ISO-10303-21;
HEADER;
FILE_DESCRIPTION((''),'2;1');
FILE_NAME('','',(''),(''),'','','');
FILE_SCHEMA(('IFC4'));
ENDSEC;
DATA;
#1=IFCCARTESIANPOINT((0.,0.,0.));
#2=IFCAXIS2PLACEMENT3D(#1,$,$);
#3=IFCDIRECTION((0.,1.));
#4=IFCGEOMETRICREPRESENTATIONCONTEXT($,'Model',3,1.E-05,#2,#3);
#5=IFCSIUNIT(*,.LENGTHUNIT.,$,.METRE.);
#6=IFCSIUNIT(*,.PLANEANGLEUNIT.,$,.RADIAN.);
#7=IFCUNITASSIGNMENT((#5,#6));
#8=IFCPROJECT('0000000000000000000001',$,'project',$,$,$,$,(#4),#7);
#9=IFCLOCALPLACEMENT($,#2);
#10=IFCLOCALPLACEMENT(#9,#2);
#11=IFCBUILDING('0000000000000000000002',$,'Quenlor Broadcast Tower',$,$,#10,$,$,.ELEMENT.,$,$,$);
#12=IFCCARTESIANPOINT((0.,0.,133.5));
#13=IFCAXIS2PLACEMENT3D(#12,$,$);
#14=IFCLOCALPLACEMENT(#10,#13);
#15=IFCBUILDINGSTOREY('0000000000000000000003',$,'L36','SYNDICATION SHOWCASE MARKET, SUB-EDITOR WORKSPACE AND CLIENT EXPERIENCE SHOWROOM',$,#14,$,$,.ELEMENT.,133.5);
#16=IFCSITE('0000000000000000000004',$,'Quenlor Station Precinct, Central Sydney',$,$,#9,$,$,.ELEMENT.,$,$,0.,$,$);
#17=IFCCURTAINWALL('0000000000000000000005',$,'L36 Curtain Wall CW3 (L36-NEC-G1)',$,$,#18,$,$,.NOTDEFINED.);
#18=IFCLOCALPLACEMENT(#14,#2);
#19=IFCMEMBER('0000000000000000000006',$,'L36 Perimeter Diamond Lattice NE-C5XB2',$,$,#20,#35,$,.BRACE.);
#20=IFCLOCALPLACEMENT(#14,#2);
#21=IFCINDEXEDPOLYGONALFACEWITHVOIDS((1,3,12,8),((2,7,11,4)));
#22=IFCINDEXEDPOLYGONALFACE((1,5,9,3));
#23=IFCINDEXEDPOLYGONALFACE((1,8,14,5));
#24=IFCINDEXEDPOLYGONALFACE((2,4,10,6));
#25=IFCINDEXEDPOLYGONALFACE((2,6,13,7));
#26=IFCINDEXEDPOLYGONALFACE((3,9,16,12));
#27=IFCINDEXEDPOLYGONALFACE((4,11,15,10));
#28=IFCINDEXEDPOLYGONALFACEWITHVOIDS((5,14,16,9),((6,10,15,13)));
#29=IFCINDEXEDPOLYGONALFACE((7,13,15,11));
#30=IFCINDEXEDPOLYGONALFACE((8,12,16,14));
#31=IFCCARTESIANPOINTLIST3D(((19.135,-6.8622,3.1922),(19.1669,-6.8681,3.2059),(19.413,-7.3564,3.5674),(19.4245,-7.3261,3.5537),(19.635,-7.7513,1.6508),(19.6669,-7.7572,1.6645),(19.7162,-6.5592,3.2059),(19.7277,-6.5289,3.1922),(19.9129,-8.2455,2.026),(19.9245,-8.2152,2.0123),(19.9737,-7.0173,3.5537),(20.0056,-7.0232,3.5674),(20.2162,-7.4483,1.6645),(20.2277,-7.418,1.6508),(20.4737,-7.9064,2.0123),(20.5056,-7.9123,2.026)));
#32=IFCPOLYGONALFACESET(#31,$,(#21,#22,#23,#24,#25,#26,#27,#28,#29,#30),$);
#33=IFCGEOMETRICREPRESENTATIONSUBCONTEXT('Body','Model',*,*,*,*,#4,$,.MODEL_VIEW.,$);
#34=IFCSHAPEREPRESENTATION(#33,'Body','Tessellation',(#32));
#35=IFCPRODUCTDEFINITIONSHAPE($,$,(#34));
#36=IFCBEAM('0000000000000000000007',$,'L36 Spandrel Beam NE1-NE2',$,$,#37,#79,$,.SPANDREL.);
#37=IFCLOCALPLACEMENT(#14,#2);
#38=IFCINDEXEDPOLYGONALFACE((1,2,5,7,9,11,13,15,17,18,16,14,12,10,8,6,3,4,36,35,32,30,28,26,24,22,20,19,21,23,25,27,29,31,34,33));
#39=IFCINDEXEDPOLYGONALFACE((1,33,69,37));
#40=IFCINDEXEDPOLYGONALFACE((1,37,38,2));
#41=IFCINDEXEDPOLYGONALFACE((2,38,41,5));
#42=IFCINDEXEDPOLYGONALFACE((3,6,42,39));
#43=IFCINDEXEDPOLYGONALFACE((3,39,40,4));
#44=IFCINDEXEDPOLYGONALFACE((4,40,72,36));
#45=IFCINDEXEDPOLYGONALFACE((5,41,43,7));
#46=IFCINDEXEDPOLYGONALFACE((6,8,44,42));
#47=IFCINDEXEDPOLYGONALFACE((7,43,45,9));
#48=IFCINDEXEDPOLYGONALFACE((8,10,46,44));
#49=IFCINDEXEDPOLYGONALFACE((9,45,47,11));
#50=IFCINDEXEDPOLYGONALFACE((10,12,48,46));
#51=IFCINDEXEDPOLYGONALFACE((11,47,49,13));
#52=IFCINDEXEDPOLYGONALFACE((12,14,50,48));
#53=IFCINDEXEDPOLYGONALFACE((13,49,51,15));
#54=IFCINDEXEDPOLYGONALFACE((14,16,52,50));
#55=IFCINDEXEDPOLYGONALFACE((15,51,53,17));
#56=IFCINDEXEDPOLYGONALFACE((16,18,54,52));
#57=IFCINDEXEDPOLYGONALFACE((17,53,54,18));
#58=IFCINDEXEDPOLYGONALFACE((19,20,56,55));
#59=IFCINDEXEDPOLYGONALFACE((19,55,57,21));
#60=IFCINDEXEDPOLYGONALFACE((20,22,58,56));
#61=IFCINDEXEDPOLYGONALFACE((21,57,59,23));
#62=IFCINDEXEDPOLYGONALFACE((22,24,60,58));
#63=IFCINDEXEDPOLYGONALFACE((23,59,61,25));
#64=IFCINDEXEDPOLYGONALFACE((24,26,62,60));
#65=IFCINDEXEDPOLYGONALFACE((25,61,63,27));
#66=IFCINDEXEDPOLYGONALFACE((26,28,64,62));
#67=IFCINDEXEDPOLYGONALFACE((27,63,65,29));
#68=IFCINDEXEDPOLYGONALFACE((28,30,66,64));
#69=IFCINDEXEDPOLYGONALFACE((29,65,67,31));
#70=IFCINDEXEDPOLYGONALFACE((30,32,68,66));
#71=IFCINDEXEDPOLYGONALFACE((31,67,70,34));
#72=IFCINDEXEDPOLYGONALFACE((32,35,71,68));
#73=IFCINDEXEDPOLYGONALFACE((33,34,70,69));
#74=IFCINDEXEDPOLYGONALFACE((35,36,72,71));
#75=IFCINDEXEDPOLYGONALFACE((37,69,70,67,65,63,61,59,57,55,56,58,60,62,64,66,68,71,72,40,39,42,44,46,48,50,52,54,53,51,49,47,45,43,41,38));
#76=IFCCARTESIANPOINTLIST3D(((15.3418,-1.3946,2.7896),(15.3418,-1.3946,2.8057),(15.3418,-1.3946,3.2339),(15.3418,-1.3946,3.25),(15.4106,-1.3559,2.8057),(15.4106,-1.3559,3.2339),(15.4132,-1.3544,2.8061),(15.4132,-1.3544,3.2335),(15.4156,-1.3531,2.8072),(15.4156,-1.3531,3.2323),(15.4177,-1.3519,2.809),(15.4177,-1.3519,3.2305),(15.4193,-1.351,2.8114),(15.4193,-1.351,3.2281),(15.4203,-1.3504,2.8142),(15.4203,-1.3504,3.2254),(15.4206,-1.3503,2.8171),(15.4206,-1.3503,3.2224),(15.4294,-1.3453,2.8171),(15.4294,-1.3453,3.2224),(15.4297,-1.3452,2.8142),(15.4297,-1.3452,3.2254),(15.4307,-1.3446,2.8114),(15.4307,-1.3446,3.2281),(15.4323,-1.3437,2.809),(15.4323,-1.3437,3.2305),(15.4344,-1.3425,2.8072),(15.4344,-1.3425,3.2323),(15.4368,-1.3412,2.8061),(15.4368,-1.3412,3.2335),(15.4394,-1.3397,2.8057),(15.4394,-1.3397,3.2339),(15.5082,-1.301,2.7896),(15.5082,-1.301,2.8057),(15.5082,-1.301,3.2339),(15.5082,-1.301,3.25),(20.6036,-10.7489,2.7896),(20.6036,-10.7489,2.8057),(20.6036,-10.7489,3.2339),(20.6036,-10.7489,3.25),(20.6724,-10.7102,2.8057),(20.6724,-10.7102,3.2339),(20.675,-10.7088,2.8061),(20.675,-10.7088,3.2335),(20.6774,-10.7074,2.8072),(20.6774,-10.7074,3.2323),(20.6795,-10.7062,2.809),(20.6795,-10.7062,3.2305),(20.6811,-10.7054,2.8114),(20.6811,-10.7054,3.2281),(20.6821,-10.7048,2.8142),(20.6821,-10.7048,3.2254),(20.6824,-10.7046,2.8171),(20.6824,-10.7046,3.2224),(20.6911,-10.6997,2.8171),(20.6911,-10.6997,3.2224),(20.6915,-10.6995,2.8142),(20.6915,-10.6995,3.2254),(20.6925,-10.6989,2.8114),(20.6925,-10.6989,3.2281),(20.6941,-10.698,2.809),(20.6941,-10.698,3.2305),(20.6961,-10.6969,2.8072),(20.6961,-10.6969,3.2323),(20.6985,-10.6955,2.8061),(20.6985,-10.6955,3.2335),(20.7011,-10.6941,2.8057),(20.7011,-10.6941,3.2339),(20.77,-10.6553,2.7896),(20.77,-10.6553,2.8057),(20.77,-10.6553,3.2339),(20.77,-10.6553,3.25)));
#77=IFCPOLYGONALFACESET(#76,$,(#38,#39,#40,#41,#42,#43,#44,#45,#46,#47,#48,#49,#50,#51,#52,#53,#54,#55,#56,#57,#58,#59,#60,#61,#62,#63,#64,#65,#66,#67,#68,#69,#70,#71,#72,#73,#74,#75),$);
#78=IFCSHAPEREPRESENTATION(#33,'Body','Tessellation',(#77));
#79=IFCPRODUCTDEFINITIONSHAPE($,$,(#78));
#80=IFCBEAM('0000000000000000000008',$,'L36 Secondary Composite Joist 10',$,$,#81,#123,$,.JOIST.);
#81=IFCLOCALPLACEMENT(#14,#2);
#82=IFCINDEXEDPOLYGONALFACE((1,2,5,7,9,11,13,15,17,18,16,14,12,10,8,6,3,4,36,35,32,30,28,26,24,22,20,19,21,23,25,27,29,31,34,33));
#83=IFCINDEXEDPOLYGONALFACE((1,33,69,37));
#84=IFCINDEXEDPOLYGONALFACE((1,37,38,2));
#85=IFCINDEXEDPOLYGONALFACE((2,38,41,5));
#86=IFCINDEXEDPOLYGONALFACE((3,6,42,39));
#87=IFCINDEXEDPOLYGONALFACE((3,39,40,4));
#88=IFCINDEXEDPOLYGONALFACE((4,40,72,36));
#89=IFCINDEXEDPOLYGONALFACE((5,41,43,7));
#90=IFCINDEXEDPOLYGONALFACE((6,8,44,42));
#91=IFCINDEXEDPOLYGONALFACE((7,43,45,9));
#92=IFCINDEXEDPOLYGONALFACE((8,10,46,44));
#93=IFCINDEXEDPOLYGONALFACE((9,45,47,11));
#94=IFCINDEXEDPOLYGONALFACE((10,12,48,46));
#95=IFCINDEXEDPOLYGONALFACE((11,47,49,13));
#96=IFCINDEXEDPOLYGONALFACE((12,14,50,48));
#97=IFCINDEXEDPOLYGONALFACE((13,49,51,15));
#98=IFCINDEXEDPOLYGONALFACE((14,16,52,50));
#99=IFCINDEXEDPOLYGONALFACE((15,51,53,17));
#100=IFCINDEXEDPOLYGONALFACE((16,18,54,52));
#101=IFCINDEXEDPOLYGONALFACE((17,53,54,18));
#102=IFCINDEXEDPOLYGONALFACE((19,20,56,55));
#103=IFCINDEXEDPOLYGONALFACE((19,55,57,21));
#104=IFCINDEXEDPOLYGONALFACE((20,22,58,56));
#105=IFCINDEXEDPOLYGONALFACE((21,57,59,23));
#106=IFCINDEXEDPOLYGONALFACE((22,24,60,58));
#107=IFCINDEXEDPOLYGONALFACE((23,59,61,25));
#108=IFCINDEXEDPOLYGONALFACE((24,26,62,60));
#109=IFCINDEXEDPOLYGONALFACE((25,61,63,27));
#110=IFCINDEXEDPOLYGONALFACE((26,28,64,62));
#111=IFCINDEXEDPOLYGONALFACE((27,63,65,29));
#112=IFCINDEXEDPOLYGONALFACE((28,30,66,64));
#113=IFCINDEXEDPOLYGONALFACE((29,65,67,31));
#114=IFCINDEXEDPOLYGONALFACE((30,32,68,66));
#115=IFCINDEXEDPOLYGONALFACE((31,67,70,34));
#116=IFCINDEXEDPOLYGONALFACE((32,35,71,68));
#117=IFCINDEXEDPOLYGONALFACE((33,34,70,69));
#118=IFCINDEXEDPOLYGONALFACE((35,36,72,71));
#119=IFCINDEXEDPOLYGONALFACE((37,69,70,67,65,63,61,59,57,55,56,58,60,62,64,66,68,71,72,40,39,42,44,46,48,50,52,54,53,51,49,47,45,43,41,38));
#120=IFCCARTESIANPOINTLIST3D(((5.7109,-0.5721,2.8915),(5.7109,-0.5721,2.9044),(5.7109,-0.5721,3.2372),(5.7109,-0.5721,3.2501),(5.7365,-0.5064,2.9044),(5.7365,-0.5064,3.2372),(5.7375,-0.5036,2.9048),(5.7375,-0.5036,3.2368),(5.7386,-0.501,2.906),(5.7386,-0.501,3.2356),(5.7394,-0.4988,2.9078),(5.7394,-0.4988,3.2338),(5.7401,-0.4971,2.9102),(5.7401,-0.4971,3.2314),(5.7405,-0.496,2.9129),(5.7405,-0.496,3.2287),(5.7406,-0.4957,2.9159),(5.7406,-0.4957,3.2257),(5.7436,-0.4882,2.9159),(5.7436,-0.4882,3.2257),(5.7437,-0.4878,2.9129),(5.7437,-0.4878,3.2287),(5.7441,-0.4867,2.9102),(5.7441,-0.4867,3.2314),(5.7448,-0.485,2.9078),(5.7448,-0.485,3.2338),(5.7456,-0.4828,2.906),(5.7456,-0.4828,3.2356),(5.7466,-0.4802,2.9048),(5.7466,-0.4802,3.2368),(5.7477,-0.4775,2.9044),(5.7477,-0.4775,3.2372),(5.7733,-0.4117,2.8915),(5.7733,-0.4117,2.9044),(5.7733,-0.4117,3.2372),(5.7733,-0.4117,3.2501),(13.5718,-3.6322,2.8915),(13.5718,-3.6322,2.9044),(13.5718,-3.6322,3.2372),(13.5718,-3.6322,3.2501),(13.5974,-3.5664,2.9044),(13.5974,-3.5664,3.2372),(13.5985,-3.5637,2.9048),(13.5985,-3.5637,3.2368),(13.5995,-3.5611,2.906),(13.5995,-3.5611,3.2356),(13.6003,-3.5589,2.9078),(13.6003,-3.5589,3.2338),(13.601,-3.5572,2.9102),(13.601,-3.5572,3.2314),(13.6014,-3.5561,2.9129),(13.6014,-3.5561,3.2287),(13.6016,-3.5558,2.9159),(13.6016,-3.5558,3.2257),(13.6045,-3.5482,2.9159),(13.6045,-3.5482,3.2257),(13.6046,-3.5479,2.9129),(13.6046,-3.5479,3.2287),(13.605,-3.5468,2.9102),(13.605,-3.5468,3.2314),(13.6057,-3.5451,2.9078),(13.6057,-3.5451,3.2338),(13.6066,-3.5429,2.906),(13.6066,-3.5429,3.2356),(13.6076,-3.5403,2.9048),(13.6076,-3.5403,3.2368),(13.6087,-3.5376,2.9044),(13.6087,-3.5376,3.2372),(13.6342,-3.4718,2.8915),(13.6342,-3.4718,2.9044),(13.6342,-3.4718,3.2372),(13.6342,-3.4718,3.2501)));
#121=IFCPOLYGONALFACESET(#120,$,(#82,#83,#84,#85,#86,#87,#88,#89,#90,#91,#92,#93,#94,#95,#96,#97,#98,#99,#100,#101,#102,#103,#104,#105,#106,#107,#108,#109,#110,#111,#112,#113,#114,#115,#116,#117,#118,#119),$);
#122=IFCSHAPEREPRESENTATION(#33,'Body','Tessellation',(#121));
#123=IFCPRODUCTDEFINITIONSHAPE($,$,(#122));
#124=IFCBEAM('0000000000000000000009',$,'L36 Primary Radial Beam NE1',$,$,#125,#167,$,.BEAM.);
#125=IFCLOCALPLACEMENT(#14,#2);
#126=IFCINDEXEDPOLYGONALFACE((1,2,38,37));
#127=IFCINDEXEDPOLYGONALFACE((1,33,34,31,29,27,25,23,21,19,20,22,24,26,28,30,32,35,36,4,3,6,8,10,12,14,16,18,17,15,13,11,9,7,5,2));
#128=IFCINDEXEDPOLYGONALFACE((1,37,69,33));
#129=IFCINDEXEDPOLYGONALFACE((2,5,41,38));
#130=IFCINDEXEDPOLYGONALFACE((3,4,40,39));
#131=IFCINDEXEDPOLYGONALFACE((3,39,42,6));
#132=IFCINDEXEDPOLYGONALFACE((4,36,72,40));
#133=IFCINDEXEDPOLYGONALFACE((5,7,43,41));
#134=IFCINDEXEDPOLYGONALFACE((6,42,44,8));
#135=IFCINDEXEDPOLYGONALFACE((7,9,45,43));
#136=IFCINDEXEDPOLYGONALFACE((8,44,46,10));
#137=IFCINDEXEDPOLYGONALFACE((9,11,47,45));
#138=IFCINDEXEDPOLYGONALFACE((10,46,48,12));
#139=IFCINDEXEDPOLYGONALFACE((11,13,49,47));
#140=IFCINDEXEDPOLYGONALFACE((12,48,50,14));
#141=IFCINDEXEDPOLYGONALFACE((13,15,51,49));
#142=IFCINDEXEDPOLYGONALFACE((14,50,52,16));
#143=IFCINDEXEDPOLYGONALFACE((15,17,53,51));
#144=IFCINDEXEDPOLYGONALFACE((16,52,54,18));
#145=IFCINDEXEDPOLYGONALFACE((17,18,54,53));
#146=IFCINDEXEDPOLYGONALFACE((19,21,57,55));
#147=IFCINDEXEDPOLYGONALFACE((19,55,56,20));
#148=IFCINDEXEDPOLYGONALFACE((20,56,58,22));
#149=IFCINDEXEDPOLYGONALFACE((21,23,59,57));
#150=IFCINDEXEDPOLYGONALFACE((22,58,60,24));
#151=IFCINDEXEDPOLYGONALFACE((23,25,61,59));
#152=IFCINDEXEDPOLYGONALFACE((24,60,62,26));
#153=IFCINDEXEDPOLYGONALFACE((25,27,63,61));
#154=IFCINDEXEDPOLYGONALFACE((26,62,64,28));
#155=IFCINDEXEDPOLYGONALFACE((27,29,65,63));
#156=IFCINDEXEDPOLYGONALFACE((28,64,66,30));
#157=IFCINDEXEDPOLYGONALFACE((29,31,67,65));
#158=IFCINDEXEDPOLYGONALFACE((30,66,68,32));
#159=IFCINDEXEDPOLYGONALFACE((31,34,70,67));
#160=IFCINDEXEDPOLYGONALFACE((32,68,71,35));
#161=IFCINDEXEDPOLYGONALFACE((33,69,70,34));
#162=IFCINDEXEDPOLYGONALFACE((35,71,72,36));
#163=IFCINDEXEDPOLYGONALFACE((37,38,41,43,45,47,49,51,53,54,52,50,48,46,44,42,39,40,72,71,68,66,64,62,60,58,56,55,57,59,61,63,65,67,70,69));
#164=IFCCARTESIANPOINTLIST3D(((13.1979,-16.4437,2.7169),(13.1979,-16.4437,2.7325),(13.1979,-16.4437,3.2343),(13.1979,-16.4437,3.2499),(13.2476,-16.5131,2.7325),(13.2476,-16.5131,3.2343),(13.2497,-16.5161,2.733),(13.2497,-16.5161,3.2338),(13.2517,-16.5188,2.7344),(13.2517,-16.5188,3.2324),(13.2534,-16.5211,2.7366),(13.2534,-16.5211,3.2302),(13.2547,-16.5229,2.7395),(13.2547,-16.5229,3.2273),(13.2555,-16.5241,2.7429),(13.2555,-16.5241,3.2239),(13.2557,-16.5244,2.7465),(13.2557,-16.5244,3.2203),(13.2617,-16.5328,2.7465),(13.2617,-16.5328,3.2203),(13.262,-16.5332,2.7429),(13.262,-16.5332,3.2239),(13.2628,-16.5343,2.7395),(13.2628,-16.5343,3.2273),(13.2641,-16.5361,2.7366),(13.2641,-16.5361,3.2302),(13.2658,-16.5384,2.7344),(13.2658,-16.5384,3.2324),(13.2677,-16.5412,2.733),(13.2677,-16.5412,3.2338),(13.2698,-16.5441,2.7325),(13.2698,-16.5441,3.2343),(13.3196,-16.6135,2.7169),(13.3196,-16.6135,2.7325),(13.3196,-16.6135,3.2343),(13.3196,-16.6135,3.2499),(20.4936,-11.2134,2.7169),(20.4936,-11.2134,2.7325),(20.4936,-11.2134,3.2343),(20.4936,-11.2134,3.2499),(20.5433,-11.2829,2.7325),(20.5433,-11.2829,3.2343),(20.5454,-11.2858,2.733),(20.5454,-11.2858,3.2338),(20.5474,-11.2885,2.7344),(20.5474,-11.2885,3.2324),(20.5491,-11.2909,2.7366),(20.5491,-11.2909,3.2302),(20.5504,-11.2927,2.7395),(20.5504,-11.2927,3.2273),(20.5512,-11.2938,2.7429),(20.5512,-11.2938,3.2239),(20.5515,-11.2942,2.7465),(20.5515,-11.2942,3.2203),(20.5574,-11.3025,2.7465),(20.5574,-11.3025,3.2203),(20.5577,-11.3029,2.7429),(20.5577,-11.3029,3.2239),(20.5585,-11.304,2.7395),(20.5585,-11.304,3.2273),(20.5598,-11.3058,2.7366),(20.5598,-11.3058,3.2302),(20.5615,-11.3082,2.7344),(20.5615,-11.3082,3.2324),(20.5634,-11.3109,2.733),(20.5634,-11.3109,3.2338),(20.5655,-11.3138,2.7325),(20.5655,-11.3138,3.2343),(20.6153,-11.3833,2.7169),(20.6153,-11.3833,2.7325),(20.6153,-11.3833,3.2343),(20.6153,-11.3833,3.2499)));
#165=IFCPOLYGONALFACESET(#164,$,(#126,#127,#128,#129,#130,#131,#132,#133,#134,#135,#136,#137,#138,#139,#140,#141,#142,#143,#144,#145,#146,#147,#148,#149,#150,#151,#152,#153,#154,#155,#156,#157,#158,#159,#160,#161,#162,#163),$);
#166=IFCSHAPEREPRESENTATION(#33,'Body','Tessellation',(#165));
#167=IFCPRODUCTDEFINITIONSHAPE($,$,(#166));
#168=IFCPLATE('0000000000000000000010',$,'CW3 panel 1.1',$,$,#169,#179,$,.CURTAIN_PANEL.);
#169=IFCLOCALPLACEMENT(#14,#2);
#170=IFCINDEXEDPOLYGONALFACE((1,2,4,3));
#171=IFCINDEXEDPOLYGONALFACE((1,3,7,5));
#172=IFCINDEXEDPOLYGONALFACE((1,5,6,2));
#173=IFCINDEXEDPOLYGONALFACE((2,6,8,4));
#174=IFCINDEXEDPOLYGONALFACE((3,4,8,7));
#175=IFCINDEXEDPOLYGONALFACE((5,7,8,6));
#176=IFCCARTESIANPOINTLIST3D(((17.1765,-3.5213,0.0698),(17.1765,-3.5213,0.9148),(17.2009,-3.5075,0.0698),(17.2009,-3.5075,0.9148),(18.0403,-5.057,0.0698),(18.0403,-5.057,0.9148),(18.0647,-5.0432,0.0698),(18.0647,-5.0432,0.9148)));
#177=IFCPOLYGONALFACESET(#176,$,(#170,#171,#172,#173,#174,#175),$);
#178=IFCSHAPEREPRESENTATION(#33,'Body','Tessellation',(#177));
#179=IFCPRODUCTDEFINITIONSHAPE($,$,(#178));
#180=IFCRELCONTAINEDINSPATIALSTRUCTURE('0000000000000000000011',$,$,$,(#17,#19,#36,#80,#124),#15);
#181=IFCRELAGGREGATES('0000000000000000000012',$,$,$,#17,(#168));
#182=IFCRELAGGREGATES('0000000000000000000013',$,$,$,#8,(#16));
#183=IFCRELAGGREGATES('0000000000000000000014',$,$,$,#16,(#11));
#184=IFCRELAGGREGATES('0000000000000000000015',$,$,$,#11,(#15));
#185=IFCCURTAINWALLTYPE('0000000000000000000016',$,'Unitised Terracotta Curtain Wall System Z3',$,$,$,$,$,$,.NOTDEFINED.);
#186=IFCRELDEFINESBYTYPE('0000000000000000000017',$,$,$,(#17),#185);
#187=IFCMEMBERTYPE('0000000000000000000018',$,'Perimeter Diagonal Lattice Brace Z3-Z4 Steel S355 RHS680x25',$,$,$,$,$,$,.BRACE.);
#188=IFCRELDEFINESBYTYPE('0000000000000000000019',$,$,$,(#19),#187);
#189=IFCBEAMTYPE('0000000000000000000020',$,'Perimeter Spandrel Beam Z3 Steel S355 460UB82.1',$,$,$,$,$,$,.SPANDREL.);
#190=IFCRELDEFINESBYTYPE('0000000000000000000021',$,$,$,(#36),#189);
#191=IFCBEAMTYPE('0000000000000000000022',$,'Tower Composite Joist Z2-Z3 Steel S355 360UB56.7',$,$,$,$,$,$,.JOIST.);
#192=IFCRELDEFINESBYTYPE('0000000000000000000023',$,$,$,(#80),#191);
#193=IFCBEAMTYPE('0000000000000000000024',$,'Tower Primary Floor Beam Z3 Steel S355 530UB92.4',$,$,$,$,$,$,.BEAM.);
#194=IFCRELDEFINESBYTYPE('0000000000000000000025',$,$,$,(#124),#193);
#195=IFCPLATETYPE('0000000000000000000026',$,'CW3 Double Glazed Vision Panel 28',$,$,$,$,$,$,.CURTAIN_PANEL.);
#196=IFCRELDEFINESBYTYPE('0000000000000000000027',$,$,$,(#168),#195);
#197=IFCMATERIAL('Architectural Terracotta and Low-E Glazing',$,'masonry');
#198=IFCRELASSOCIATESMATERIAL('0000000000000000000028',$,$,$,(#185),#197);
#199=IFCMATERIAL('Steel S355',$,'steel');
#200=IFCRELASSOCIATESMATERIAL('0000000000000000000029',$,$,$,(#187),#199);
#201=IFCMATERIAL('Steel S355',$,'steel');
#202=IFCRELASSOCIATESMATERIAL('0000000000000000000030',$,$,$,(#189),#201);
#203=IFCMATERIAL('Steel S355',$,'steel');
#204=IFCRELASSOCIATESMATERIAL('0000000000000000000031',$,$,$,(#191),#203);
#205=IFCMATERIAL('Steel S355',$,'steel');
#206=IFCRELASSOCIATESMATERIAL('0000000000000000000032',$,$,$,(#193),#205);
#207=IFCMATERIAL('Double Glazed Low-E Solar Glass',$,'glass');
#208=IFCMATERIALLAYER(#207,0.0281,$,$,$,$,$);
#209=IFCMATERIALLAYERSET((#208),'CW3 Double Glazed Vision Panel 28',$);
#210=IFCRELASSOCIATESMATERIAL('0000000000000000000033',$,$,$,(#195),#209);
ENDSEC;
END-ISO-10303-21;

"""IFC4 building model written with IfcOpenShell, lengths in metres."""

from ifc_helpers import new_model, si_unit, direction, frame, origin, origin_2d, place, context, subcontext, project, spatial, rectangle, hollow_rectangle, i_section, extrude, material, layer, layer_set, material_profile, profile_set, type_object, element, aggregate, save


model = new_model("IFC4")

# Units and contexts
model_context = context("Model", 3, precision=1e-05, world=origin(), true_north=direction((0.0, 1.0)))
body_context = subcontext(model_context, "Body", "Model", "MODEL_VIEW")
ifc_project = project(units=[si_unit("LENGTHUNIT", "METRE"), si_unit("PLANEANGLEUNIT", "RADIAN")], contexts=[model_context])

# Site, building, storey
site_placement = place(None, origin())
site = spatial("IfcSite", under=ifc_project, at=site_placement, Name="Quenlor Station Precinct, Central Sydney", CompositionType="ELEMENT", RefElevation=0.0)
building_placement = place(site_placement, origin())
building = spatial("IfcBuilding", under=site, at=building_placement, Name="Quenlor Broadcast Tower", CompositionType="ELEMENT")
storey_placement = place(building_placement, frame((0.0, 0.0, 133.5)))
storey = spatial("IfcBuildingStorey", under=building, at=storey_placement, Name="L36", Description="SYNDICATION SHOWCASE MARKET, SUB-EDITOR WORKSPACE AND CLIENT EXPERIENCE SHOWROOM", CompositionType="ELEMENT", Elevation=133.5)

# Curtain wall
ifc_material_1 = material(Name="Architectural Terracotta and Low-E Glazing", Category="masonry")
curtain_wall_type = type_object("IfcCurtainWallType", Name="Unitised Terracotta Curtain Wall System Z3", PredefinedType="NOTDEFINED", material=ifc_material_1)
curtain_wall_placement = place(storey_placement, origin())
curtain_wall = element("IfcCurtainWall", 1, at=curtain_wall_placement, inside=storey, type_object=curtain_wall_type, Name="L36 Curtain Wall CW3 (L36-NEC-G1)", PredefinedType="NOTDEFINED")

# Member
ifc_material_2 = material(Name="Steel S355", Category="steel")
ifc_material_profile_1 = material_profile(ifc_material_2, hollow_rectangle(XDim=0.6799, YDim=0.6799, WallThickness=0.0249, at=origin_2d()))
ifc_profile_set_1 = profile_set([ifc_material_profile_1], Name="Steel S355 RHS680x680x25")
member_type_1 = type_object("IfcMemberType", Name="Perimeter Diagonal Lattice Brace Z3-Z4 Steel S355 RHS680x25", PredefinedType="BRACE", material=ifc_profile_set_1)
member_1_placement = place(storey_placement, frame((20.0703, -7.8318, 1.8384), z_axis=(-0.270494, 0.481025, 0.833935), x_axis=(-0.871639, -0.490148, 0.0)))
element("IfcMember", 2, at=member_1_placement, inside=storey, type_object=member_type_1, Name="L36 Perimeter Diamond Lattice NE-C5XB2", PredefinedType="BRACE", context=body_context, shape_type="SweptSolid", body=[
    extrude(hollow_rectangle(XDim=0.6799, YDim=0.6799, WallThickness=0.0249, at=origin_2d()), origin(), (0.0, 0.0, 1.0), 1.8484),
])

# Beams
ifc_material_3 = material(Name="Steel S355", Category="steel")
ifc_material_profile_2 = material_profile(ifc_material_3, i_section(OverallWidth=0.1909, OverallDepth=0.4604, WebThickness=0.01, FlangeThickness=0.0161, FilletRadius=0.0115, at=origin_2d()))
ifc_profile_set_2 = profile_set([ifc_material_profile_2], Name="Steel S355 460UB82.1")
beam_type_1 = type_object("IfcBeamType", Name="Perimeter Spandrel Beam Z3 Steel S355 460UB82.1", PredefinedType="SPANDREL", material=ifc_profile_set_2)
beam_1_placement = place(storey_placement, frame((20.6868, -10.7021, 3.0198), z_axis=(-0.490258, 0.871577, 0.0), x_axis=(-0.871577, -0.490258, 0.0)))
element("IfcBeam", 3, at=beam_1_placement, inside=storey, type_object=beam_type_1, Name="L36 Spandrel Beam NE1-NE2", PredefinedType="SPANDREL", context=body_context, shape_type="SweptSolid", body=[
    extrude(i_section(OverallWidth=0.1909, OverallDepth=0.4604, WebThickness=0.01, FlangeThickness=0.0161, FilletRadius=0.0115, at=origin_2d()), origin(), (0.0, 0.0, 1.0), 10.7327),
])
ifc_material_4 = material(Name="Steel S355", Category="steel")
ifc_material_profile_3 = material_profile(ifc_material_4, i_section(OverallWidth=0.1721, OverallDepth=0.3586, WebThickness=0.0081, FlangeThickness=0.0129, FilletRadius=0.0115, at=origin_2d()))
ifc_profile_set_3 = profile_set([ifc_material_profile_3], Name="Steel S355 360UB56.7")
beam_type_2 = type_object("IfcBeamType", Name="Tower Composite Joist Z2-Z3 Steel S355 360UB56.7", PredefinedType="JOIST", material=ifc_profile_set_3)
beam_2_placement = place(storey_placement, frame((13.603, -3.552, 3.0708), z_axis=(-0.931882, 0.362762, 0.0), x_axis=(-0.362762, -0.931882, 0.0)))
element("IfcBeam", 4, at=beam_2_placement, inside=storey, type_object=beam_type_2, Name="L36 Secondary Composite Joist 10", PredefinedType="JOIST", context=body_context, shape_type="SweptSolid", body=[
    extrude(i_section(OverallWidth=0.1721, OverallDepth=0.3586, WebThickness=0.0081, FlangeThickness=0.0129, FilletRadius=0.0115, at=origin_2d()), origin(), (0.0, 0.0, 1.0), 8.4355),
])
ifc_material_5 = material(Name="Steel S355", Category="steel")
ifc_material_profile_4 = material_profile(ifc_material_5, i_section(OverallWidth=0.209, OverallDepth=0.533, WebThickness=0.0103, FlangeThickness=0.0156, FilletRadius=0.0139, at=origin_2d()))
ifc_profile_set_4 = profile_set([ifc_material_profile_4], Name="Steel S355 530UB92.4")
beam_type_3 = type_object("IfcBeamType", Name="Tower Primary Floor Beam Z3 Steel S355 530UB92.4", PredefinedType="BEAM", material=ifc_profile_set_4)
beam_3_placement = place(storey_placement, frame((20.5544, -11.2983, 2.9834), z_axis=(-0.812729, -0.582642, 0.0), x_axis=(0.582642, -0.812729, 0.0)))
element("IfcBeam", 5, at=beam_3_placement, inside=storey, type_object=beam_type_3, Name="L36 Primary Radial Beam NE1", PredefinedType="BEAM", context=body_context, shape_type="SweptSolid", body=[
    extrude(i_section(OverallWidth=0.209, OverallDepth=0.533, WebThickness=0.0103, FlangeThickness=0.0156, FilletRadius=0.0139, at=origin_2d()), origin(), (0.0, 0.0, 1.0), 8.9768),
])

# Plate
ifc_material_6 = material(Name="Double Glazed Low-E Solar Glass", Category="glass")
ifc_layer_1 = layer(ifc_material_6, 0.0281)
ifc_layer_set_1 = layer_set([ifc_layer_1], Name="CW3 Double Glazed Vision Panel 28")
plate_type_1 = type_object("IfcPlateType", Name="CW3 Double Glazed Vision Panel 28", PredefinedType="CURTAIN_PANEL", material=ifc_layer_set_1)
plate_1_placement = place(storey_placement, frame((17.6206, -4.2822, 0.0698), z_axis=(0.0, 0.0, 1.0), x_axis=(0.490259, -0.871577, 0.0)))
plate_1 = element("IfcPlate", 6, at=plate_1_placement, type_object=plate_type_1, Name="CW3 panel 1.1", PredefinedType="CURTAIN_PANEL", context=body_context, shape_type="SweptSolid", body=[
    extrude(rectangle(XDim=1.762, YDim=0.0281, at=origin_2d()), origin(), (0.0, 0.0, 1.0), 0.845),
])
aggregate(curtain_wall, [plate_1])

save(model, "model.ifc")
